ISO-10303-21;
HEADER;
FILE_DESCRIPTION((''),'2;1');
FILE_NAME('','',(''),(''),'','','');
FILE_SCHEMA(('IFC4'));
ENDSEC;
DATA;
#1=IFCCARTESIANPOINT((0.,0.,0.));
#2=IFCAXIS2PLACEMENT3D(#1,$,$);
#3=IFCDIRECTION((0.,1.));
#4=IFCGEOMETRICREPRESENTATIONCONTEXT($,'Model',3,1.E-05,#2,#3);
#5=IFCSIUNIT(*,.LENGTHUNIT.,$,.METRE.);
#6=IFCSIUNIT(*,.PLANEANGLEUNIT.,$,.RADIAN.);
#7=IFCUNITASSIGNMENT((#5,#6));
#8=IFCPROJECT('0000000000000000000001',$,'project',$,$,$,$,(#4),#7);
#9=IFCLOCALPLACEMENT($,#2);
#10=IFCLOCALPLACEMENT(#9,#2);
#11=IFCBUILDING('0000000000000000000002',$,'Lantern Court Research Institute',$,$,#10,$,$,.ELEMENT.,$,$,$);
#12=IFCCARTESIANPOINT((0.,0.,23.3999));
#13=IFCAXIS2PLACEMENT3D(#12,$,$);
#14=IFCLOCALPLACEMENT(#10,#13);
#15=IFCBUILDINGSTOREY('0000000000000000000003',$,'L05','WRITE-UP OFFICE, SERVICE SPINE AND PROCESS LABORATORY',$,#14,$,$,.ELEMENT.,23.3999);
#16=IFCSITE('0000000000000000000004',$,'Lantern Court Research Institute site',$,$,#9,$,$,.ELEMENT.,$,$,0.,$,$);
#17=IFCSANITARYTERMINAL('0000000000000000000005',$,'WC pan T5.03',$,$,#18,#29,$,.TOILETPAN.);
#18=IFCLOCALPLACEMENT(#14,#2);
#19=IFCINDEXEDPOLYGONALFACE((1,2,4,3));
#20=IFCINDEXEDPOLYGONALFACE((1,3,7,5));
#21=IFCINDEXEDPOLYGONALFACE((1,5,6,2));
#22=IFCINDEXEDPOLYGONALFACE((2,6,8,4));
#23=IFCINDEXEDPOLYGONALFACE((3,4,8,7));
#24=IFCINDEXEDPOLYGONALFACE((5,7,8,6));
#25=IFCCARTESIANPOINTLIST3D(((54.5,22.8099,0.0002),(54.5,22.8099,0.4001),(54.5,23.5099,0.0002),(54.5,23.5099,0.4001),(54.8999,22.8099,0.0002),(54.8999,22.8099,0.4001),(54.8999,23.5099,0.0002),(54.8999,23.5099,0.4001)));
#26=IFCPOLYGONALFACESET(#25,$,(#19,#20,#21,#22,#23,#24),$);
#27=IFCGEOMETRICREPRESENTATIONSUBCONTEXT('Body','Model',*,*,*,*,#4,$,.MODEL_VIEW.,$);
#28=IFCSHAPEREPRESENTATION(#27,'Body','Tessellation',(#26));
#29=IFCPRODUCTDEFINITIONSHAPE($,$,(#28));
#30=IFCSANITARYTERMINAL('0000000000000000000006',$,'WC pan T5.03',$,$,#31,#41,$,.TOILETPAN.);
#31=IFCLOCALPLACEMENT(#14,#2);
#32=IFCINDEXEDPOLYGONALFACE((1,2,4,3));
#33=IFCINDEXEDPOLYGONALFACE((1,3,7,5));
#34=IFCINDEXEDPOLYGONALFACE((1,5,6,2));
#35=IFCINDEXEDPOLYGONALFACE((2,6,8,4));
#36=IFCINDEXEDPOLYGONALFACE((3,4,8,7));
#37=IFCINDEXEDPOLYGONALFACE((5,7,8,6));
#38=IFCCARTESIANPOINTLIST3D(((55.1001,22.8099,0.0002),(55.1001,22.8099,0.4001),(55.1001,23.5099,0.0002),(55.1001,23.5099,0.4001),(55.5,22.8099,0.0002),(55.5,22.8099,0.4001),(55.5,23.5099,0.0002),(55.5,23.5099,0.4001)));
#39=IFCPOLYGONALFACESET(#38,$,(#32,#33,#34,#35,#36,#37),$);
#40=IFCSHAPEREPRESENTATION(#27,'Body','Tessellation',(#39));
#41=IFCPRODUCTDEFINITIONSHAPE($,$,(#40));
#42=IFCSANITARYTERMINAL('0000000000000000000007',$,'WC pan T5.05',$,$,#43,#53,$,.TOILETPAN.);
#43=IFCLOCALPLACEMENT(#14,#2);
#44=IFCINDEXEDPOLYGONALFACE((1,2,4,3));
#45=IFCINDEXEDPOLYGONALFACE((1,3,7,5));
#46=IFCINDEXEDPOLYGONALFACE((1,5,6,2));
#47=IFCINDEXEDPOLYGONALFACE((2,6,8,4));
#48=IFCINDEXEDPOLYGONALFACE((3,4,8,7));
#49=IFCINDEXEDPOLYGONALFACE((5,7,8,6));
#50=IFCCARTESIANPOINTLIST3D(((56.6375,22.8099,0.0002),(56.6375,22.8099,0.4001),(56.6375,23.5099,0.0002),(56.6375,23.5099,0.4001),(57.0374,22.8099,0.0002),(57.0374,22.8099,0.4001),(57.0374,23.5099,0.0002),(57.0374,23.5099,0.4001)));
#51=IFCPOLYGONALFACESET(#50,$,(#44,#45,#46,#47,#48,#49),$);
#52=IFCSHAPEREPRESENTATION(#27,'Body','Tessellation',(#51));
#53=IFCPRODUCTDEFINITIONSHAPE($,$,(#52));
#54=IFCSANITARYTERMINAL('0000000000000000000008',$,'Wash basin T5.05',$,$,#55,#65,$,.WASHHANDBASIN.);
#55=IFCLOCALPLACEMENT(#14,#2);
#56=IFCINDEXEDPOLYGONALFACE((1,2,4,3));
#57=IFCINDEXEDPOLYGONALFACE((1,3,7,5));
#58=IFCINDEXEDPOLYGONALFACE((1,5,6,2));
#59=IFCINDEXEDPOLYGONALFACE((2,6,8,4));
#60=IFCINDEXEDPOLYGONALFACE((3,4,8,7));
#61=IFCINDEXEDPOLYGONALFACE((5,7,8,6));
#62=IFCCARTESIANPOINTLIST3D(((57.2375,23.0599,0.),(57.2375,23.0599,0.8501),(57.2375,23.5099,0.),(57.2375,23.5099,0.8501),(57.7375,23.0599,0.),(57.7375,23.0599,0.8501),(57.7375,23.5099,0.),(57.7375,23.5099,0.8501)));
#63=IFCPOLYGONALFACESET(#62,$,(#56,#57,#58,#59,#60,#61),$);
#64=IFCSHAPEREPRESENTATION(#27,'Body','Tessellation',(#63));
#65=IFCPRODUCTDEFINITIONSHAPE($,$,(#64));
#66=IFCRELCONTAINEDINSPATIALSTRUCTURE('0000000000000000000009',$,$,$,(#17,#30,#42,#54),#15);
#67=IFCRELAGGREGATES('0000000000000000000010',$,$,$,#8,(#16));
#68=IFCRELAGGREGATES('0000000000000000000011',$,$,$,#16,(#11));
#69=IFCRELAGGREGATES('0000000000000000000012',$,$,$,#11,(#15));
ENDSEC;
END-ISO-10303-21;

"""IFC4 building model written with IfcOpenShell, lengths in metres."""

from ifc_helpers import new_model, si_unit, direction, frame, origin, origin_2d, place, context, subcontext, project, spatial, rectangle, extrude, element, save


model = new_model("IFC4")

# Units and contexts
model_context = context("Model", 3, precision=1e-05, world=origin(), true_north=direction((0.0, 1.0)))
body_context = subcontext(model_context, "Body", "Model", "MODEL_VIEW")
ifc_project = project(units=[si_unit("LENGTHUNIT", "METRE"), si_unit("PLANEANGLEUNIT", "RADIAN")], contexts=[model_context])

# Site, building, storey
site_placement = place(None, origin())
site = spatial("IfcSite", under=ifc_project, at=site_placement, Name="Lantern Court Research Institute site", CompositionType="ELEMENT", RefElevation=0.0)
building_placement = place(site_placement, origin())
building = spatial("IfcBuilding", under=site, at=building_placement, Name="Lantern Court Research Institute", CompositionType="ELEMENT")
storey_placement = place(building_placement, frame((0.0, 0.0, 23.3999)))
storey = spatial("IfcBuildingStorey", under=building, at=storey_placement, Name="L05", Description="WRITE-UP OFFICE, SERVICE SPINE AND PROCESS LABORATORY", CompositionType="ELEMENT", Elevation=23.3999)

# Sanitary terminals
for number, where, z_axis, x_axis, name in (
    (1, (54.7, 23.1599, 0.0002), (0.0, 0.0, 1.0), (1.0, 0.0, 0.0), "WC pan T5.03"),
    (2, (55.3, 23.1599, 0.0002), (0.0, 0.0, 1.0), (1.0, 0.0, 0.0), "WC pan T5.03"),
    (3, (56.8374, 23.1599, 0.0002), (0.0, 0.0, 1.0), (1.0, 0.0, 0.0), "WC pan T5.05"),
):
    element("IfcSanitaryTerminal", number, at=place(storey_placement, frame(where, z_axis=z_axis, x_axis=x_axis)), inside=storey, Name=name, PredefinedType="TOILETPAN", context=body_context, shape_type="SweptSolid", body=[
        extrude(rectangle(XDim=0.3999, YDim=0.7, at=origin_2d()), origin(), (0.0, 0.0, 1.0), 0.3999),
    ])
sanitary_terminal_1_placement = place(storey_placement, frame((57.4875, 23.2849, 0.0), z_axis=(0.0, 0.0, 1.0), x_axis=(1.0, 0.0, 0.0)))
element("IfcSanitaryTerminal", 4, at=sanitary_terminal_1_placement, inside=storey, Name="Wash basin T5.05", PredefinedType="WASHHANDBASIN", context=body_context, shape_type="SweptSolid", body=[
    extrude(rectangle(XDim=0.5, YDim=0.45, at=origin_2d()), origin(), (0.0, 0.0, 1.0), 0.8501),
])

save(model, "model.ifc")
